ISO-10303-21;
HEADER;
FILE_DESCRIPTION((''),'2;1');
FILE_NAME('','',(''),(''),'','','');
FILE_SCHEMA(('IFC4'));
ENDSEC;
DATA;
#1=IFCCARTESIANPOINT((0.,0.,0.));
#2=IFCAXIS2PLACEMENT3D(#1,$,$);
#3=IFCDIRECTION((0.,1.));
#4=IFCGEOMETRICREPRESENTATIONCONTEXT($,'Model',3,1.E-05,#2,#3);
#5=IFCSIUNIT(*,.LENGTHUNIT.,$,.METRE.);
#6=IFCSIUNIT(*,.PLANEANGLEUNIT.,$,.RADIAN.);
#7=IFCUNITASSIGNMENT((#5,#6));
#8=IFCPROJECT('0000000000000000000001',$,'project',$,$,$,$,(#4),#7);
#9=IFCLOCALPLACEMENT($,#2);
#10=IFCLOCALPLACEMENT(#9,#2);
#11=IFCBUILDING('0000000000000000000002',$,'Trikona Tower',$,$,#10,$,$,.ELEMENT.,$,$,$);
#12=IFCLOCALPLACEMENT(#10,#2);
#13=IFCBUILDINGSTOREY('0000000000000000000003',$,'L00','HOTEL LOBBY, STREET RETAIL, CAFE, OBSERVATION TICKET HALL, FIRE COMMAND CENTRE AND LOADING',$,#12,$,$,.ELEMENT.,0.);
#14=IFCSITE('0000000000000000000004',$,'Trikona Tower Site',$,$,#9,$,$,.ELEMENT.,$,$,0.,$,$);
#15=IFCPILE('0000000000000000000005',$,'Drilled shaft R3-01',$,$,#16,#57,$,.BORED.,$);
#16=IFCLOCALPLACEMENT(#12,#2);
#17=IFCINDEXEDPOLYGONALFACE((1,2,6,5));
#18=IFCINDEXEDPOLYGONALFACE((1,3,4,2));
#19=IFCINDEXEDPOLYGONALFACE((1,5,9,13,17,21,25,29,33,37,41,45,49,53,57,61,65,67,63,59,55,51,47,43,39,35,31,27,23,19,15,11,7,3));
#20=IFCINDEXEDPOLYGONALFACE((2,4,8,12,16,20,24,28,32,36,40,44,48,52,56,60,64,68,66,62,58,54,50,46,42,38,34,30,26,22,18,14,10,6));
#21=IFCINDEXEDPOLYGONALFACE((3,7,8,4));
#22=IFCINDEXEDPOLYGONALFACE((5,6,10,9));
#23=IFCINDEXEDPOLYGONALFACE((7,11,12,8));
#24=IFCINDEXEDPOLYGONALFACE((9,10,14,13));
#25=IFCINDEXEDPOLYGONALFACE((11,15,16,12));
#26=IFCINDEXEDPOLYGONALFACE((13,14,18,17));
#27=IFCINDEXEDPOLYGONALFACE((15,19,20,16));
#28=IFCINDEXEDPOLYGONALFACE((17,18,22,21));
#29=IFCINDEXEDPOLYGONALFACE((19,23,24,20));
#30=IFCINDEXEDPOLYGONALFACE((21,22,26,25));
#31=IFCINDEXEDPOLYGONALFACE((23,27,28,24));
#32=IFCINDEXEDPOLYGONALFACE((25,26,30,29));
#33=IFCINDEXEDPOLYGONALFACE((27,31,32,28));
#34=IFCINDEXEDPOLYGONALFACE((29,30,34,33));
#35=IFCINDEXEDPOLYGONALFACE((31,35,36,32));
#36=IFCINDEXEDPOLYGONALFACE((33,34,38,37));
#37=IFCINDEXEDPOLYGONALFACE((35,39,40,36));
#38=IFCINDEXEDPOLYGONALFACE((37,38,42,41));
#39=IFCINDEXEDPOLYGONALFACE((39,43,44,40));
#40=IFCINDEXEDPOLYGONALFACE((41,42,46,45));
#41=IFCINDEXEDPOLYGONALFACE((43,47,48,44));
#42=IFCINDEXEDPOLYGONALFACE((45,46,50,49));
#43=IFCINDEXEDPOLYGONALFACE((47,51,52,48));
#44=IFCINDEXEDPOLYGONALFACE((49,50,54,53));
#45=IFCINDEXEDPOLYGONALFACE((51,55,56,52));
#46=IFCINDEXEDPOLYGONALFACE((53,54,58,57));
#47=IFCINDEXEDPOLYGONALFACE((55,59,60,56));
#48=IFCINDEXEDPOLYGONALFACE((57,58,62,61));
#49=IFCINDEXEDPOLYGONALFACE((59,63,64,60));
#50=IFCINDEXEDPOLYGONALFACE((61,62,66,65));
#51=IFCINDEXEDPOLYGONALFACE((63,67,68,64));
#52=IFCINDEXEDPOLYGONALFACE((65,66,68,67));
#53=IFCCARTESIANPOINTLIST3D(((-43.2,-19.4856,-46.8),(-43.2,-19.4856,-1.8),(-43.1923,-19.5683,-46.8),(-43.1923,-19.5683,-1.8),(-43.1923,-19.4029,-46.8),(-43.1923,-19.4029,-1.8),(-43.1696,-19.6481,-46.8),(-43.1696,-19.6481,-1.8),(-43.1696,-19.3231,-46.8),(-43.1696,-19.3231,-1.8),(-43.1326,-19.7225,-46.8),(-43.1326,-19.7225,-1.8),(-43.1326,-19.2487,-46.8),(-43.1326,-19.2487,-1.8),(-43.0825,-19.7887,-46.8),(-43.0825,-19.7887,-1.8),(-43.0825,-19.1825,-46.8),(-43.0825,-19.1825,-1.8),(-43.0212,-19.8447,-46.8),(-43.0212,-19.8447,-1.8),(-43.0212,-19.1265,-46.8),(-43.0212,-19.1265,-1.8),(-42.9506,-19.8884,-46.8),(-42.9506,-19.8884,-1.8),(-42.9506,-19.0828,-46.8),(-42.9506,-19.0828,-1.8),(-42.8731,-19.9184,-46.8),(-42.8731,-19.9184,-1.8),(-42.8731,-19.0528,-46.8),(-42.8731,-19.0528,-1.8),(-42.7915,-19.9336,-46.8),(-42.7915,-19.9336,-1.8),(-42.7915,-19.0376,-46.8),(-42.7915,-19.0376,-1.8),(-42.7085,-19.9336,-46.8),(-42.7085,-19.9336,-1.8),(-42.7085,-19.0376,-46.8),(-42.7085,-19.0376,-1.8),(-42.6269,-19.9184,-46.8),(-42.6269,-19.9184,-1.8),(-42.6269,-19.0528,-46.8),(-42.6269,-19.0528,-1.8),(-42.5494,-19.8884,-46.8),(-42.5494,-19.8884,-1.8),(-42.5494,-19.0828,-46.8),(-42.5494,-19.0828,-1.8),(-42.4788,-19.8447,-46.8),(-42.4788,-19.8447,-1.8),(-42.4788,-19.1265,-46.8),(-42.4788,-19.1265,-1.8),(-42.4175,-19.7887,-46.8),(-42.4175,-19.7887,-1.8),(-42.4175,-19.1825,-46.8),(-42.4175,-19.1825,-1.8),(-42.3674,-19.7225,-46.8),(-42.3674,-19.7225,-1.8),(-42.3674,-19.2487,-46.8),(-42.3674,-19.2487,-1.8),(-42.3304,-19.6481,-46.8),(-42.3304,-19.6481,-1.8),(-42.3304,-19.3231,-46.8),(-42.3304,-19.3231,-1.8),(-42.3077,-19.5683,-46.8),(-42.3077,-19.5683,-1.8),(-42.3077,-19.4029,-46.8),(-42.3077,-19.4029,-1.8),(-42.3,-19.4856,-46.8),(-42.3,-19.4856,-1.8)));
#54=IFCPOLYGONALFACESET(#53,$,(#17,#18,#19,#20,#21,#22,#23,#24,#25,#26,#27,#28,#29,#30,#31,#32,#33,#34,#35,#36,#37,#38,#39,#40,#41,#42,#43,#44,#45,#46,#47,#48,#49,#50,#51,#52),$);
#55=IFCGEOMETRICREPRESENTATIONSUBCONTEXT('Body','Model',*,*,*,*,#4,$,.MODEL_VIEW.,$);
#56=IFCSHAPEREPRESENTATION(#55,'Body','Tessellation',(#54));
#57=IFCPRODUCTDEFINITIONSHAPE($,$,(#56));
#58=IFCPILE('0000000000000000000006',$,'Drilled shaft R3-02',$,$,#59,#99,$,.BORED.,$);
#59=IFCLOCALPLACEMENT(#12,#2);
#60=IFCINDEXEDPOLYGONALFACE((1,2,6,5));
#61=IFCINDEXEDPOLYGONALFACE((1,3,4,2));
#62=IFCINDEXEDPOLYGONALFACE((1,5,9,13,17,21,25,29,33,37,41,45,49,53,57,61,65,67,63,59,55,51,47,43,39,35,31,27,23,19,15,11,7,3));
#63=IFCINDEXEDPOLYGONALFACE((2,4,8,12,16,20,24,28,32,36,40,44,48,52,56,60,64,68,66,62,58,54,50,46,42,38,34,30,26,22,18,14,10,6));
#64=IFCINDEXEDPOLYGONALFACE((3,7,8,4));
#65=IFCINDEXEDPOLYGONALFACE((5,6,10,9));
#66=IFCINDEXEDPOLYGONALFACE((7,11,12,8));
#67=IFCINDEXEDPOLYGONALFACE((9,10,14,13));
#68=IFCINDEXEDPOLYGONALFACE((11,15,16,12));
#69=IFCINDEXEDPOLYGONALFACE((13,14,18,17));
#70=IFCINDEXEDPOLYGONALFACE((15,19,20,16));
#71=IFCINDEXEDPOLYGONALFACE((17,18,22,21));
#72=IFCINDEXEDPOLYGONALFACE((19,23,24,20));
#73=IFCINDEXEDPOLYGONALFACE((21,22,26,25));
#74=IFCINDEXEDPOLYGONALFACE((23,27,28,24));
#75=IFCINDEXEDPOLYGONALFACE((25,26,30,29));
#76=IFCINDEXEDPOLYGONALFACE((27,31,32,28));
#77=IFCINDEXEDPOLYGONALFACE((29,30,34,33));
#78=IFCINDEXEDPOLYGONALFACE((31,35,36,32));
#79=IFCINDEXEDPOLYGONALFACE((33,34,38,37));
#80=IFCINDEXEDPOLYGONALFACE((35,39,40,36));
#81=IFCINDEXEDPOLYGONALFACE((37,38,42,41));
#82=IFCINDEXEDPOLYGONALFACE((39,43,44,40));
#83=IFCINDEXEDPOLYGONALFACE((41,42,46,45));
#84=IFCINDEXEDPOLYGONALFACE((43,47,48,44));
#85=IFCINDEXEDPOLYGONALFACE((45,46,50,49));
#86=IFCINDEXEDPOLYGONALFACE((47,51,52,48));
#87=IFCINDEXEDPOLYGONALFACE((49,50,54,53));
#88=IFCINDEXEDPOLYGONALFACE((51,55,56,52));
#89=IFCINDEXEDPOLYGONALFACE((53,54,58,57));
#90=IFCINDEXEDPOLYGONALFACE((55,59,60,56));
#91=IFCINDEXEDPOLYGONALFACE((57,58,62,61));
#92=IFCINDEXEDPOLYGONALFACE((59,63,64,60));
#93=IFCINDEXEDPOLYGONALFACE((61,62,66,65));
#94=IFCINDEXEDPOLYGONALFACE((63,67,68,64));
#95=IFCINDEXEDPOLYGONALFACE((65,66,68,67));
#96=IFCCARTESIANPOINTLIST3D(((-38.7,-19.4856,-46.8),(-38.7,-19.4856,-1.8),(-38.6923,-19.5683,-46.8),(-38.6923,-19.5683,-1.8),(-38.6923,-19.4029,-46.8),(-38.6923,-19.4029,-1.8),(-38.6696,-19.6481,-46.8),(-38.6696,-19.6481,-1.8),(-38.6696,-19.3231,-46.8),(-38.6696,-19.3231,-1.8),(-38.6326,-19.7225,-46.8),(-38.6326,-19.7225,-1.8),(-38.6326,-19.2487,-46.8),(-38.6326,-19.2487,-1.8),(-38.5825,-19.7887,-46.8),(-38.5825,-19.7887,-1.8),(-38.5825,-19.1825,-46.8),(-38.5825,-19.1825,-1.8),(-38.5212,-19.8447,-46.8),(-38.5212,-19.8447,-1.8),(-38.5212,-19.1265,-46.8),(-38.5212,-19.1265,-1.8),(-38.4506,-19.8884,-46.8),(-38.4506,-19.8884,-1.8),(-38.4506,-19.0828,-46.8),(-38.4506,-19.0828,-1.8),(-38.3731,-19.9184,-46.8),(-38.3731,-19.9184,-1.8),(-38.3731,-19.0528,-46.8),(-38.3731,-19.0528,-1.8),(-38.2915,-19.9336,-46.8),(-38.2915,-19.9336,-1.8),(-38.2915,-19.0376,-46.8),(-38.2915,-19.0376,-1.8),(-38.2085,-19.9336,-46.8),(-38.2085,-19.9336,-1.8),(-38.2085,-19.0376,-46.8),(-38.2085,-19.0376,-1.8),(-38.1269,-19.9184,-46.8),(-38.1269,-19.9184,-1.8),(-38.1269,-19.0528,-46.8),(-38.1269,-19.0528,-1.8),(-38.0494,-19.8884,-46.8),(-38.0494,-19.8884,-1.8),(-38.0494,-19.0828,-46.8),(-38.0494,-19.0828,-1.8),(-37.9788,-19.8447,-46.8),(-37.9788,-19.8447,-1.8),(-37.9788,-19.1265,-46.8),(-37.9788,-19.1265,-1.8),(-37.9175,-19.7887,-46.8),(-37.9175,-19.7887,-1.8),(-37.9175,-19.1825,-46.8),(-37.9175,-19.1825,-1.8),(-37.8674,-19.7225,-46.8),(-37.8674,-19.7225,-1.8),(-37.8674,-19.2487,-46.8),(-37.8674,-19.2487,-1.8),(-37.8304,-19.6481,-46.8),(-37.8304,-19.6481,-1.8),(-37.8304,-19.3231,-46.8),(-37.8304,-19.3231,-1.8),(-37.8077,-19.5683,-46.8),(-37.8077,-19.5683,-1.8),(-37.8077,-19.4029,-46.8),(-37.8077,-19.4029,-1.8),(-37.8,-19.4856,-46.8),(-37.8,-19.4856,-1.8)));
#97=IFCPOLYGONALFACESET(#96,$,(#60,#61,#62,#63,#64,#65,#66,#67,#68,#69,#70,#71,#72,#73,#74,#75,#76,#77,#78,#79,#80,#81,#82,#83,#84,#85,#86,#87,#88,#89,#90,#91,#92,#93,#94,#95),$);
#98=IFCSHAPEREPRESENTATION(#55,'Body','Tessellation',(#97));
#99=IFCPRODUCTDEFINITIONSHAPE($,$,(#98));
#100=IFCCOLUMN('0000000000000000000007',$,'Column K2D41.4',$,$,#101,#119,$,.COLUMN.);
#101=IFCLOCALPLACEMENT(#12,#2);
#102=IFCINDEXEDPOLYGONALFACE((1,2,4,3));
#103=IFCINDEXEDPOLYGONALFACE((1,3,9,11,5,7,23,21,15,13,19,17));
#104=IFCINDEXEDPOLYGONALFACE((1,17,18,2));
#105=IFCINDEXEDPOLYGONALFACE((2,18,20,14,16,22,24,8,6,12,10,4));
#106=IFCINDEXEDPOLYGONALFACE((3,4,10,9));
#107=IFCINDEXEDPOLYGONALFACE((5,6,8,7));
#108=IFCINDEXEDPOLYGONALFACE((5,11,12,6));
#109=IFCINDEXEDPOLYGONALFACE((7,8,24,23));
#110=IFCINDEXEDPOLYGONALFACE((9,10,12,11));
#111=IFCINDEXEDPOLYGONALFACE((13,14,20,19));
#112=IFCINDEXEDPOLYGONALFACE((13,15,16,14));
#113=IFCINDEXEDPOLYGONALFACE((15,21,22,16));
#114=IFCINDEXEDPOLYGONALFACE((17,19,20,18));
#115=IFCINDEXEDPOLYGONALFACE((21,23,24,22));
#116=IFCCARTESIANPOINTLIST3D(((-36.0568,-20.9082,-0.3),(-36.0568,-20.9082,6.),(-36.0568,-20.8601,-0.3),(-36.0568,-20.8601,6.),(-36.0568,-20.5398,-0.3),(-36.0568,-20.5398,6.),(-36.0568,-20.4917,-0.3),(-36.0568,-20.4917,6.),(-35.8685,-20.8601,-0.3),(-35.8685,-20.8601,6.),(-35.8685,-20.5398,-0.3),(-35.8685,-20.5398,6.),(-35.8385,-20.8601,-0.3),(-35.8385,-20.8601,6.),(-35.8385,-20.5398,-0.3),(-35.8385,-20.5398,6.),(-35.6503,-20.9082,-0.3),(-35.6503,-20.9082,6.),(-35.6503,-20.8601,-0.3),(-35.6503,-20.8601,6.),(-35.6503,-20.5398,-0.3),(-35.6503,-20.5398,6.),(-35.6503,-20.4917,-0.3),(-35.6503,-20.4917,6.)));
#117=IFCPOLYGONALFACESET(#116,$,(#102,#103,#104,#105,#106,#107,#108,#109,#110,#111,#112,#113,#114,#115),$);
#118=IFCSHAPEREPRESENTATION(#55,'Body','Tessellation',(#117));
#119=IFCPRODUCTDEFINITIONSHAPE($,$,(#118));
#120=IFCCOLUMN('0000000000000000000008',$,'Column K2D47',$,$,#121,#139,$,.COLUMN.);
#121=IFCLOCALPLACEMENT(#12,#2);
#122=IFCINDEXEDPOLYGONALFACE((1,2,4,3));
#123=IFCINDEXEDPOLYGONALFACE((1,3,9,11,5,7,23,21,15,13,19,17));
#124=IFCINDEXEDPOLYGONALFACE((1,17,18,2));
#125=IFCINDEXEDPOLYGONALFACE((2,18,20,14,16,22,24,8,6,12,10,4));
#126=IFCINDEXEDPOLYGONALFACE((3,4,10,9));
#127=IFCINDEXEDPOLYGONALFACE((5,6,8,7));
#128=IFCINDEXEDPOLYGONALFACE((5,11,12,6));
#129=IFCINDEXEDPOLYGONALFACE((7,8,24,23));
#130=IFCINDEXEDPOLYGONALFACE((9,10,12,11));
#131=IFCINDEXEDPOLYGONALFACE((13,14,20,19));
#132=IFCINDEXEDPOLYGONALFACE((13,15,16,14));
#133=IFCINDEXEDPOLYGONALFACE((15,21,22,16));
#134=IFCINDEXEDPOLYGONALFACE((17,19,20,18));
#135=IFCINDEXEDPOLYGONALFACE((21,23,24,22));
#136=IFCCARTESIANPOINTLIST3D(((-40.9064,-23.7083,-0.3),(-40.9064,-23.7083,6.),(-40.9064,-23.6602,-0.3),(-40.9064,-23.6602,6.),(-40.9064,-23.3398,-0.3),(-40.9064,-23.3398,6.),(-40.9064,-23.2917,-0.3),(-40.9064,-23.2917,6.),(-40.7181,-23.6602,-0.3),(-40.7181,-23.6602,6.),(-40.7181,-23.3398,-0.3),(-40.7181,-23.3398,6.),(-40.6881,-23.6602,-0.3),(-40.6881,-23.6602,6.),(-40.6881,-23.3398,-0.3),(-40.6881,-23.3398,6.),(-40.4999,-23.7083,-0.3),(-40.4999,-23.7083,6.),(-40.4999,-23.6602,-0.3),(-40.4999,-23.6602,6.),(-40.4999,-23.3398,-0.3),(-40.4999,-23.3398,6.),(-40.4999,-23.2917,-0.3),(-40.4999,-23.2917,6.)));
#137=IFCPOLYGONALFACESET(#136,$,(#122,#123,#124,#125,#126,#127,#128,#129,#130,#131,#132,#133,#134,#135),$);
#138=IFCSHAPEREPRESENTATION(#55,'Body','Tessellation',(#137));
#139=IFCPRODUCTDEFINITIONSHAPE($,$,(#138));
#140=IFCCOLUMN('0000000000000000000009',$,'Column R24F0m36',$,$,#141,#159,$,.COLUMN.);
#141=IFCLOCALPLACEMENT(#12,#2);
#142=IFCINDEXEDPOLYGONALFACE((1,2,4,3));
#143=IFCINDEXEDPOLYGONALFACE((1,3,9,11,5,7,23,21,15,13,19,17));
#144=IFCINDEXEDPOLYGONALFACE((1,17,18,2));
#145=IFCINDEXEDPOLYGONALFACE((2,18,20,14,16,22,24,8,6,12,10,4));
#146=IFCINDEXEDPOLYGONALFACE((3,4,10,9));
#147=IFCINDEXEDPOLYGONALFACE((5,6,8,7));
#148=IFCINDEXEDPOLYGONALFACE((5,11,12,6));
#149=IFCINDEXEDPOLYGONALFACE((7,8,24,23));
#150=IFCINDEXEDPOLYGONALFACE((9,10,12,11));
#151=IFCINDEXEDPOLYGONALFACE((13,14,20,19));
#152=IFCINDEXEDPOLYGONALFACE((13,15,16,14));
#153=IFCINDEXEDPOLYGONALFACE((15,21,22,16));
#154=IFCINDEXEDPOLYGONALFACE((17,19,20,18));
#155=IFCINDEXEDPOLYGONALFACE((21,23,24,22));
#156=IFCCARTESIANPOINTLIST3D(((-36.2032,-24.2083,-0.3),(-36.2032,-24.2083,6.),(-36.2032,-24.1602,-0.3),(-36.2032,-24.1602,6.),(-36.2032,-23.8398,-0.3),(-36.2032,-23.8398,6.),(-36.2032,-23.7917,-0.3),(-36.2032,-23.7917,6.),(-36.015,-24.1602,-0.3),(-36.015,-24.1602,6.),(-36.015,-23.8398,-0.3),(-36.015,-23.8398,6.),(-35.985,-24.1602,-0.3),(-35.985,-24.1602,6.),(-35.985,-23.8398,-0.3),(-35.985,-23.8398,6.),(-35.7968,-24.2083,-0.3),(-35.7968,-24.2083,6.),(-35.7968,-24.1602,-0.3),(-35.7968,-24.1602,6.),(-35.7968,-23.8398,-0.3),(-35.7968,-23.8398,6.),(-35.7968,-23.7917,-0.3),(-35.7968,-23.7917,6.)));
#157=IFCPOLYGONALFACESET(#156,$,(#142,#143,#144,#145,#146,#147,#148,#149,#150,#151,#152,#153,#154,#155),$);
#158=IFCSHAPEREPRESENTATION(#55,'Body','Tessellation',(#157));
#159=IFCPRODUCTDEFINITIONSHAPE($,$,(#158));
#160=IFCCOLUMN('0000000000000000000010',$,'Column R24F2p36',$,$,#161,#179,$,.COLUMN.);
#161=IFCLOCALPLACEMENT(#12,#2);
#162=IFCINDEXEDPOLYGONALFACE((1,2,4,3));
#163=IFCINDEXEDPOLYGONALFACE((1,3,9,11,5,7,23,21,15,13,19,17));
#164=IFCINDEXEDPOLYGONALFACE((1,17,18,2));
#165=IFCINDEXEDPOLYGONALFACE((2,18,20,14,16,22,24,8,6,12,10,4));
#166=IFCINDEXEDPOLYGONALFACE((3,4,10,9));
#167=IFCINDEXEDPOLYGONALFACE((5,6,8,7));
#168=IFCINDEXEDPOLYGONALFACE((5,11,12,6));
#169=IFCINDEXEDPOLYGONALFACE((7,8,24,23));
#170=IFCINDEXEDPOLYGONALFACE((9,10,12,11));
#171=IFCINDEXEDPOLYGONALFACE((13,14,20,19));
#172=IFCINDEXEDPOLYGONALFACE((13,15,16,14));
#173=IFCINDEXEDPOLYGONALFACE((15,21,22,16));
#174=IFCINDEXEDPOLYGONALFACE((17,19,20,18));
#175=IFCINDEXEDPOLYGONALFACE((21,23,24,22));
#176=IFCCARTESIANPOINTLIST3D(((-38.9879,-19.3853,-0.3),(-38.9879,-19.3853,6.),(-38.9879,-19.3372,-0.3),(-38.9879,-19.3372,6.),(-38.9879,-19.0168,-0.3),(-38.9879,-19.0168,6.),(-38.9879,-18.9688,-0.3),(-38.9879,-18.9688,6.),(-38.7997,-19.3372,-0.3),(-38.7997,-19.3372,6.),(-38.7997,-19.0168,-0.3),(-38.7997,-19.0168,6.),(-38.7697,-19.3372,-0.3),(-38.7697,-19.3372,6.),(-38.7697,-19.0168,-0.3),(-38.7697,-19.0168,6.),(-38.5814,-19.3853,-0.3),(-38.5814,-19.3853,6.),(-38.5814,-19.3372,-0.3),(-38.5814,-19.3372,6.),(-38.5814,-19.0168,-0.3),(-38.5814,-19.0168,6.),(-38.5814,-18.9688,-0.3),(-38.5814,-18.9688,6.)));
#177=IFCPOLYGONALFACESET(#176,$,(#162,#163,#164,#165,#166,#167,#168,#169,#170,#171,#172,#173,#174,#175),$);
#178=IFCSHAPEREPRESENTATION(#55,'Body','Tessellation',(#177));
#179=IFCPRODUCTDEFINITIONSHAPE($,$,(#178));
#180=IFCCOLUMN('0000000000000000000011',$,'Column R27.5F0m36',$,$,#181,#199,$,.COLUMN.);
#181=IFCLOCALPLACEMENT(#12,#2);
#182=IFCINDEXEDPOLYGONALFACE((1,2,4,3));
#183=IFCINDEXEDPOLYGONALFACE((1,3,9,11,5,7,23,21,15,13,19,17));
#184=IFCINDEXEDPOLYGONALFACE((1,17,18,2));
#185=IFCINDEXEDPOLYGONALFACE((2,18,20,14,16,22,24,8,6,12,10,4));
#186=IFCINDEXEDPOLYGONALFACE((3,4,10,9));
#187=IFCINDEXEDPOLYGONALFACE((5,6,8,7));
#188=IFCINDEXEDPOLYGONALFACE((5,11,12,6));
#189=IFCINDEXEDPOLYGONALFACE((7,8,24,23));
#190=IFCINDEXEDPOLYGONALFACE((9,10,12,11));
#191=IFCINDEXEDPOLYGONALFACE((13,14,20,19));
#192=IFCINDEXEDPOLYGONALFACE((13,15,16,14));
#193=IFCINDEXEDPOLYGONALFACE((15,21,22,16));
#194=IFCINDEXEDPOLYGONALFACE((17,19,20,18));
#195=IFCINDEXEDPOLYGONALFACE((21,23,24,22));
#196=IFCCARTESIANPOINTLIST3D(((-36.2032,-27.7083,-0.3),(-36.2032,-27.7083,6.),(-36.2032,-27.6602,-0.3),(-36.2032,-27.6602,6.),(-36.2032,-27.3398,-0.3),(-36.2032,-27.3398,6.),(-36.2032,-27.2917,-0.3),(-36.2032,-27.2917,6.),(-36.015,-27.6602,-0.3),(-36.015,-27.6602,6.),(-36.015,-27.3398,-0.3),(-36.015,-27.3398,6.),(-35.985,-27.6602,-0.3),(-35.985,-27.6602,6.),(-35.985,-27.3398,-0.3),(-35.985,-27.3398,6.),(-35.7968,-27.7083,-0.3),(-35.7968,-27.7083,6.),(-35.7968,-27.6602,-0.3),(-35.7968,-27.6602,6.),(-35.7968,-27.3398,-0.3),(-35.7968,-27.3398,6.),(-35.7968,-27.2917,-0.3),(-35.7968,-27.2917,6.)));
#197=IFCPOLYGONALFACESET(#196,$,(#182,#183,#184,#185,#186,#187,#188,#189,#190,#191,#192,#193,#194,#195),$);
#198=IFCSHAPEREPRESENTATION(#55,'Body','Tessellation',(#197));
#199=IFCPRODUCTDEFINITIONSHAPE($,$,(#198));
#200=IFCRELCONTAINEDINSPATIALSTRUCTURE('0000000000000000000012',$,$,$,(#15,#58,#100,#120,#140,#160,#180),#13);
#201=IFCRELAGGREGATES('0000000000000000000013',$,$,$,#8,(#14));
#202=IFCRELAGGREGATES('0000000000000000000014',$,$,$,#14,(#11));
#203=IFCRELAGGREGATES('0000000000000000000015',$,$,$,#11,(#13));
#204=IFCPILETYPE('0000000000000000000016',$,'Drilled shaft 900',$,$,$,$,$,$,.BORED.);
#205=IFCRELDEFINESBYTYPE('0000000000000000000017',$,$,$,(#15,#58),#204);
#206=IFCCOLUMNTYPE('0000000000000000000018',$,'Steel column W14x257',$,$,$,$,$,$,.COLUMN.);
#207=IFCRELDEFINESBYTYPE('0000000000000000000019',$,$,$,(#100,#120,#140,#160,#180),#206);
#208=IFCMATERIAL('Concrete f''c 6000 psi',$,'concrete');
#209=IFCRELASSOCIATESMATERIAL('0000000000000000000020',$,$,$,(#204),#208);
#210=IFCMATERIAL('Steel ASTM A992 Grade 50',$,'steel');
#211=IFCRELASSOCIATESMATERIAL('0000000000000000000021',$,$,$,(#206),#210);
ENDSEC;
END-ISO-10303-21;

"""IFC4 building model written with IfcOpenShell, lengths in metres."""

from ifc_helpers import new_model, si_unit, direction, frame, origin, origin_2d, place, context, subcontext, project, spatial, circle, i_section, extrude, material, material_profile, profile_set, type_object, element, save


model = new_model("IFC4")

# Units and contexts
model_context = context("Model", 3, precision=1e-05, world=origin(), true_north=direction((0.0, 1.0)))
body_context = subcontext(model_context, "Body", "Model", "MODEL_VIEW")
ifc_project = project(units=[si_unit("LENGTHUNIT", "METRE"), si_unit("PLANEANGLEUNIT", "RADIAN")], contexts=[model_context])

# Site, building, storey
site_placement = place(None, origin())
site = spatial("IfcSite", under=ifc_project, at=site_placement, Name="Trikona Tower Site", CompositionType="ELEMENT", RefElevation=0.0)
building_placement = place(site_placement, origin())
building = spatial("IfcBuilding", under=site, at=building_placement, Name="Trikona Tower", CompositionType="ELEMENT")
storey_placement = place(building_placement, origin())
storey = spatial("IfcBuildingStorey", under=building, at=storey_placement, Name="L00", Description="HOTEL LOBBY, STREET RETAIL, CAFE, OBSERVATION TICKET HALL, FIRE COMMAND CENTRE AND LOADING", CompositionType="ELEMENT", Elevation=0.0)

# Piles
ifc_material_1 = material(Name="Concrete f'c 6000 psi", Category="concrete")
pile_type = type_object("IfcPileType", Name="Drilled shaft 900", PredefinedType="BORED", material=ifc_material_1)
for number, where, z_axis, x_axis, name in (
    (1, (-42.75, -19.4856, -1.8), (0.0, 0.0, -1.0), (1.0, 0.0, 0.0), "Drilled shaft R3-01"),
    (2, (-38.25, -19.4856, -1.8), (0.0, 0.0, -1.0), (1.0, 0.0, 0.0), "Drilled shaft R3-02"),
):
    element("IfcPile", number, at=place(storey_placement, frame(where, z_axis=z_axis, x_axis=x_axis)), inside=storey, type_object=pile_type, Name=name, PredefinedType="BORED", context=body_context, shape_type="SweptSolid", body=[
        extrude(circle(Radius=0.45, at=origin_2d()), origin(), (0.0, 0.0, 1.0), 45.0),
    ])

# Columns
ifc_material_2 = material(Name="Steel ASTM A992 Grade 50", Category="steel")
ifc_material_profile_1 = material_profile(ifc_material_2, i_section(OverallWidth=0.4065, OverallDepth=0.4165, WebThickness=0.03, FlangeThickness=0.0481, at=origin_2d()), Name="W14X257")
ifc_profile_set_1 = profile_set([ifc_material_profile_1], Name="Steel ASTM A992 Grade 50")
column_type = type_object("IfcColumnType", Name="Steel column W14x257", PredefinedType="COLUMN", material=ifc_profile_set_1)
for number, where, z_axis, x_axis, name in (
    (3, (-35.8535, -20.7, -0.3), (0.0, 0.0, 1.0), (1.0, 0.0, 0.0), "Column K2D41.4"),
    (4, (-40.7031, -23.5, -0.3), (0.0, 0.0, 1.0), (1.0, 0.0, 0.0), "Column K2D47"),
    (5, (-36.0, -24.0, -0.3), (0.0, 0.0, 1.0), (1.0, 0.0, 0.0), "Column R24F0m36"),
    (6, (-38.7847, -19.177, -0.3), (0.0, 0.0, 1.0), (1.0, 0.0, 0.0), "Column R24F2p36"),
    (7, (-36.0, -27.5, -0.3), (0.0, 0.0, 1.0), (1.0, 0.0, 0.0), "Column R27.5F0m36"),
):
    element("IfcColumn", number, at=place(storey_placement, frame(where, z_axis=z_axis, x_axis=x_axis)), inside=storey, type_object=column_type, Name=name, PredefinedType="COLUMN", context=body_context, shape_type="SweptSolid", body=[
        extrude(i_section(OverallWidth=0.4065, OverallDepth=0.4165, WebThickness=0.03, FlangeThickness=0.0481, at=origin_2d()), origin(), (0.0, 0.0, 1.0), 6.3),
    ])

save(model, "model.ifc")
